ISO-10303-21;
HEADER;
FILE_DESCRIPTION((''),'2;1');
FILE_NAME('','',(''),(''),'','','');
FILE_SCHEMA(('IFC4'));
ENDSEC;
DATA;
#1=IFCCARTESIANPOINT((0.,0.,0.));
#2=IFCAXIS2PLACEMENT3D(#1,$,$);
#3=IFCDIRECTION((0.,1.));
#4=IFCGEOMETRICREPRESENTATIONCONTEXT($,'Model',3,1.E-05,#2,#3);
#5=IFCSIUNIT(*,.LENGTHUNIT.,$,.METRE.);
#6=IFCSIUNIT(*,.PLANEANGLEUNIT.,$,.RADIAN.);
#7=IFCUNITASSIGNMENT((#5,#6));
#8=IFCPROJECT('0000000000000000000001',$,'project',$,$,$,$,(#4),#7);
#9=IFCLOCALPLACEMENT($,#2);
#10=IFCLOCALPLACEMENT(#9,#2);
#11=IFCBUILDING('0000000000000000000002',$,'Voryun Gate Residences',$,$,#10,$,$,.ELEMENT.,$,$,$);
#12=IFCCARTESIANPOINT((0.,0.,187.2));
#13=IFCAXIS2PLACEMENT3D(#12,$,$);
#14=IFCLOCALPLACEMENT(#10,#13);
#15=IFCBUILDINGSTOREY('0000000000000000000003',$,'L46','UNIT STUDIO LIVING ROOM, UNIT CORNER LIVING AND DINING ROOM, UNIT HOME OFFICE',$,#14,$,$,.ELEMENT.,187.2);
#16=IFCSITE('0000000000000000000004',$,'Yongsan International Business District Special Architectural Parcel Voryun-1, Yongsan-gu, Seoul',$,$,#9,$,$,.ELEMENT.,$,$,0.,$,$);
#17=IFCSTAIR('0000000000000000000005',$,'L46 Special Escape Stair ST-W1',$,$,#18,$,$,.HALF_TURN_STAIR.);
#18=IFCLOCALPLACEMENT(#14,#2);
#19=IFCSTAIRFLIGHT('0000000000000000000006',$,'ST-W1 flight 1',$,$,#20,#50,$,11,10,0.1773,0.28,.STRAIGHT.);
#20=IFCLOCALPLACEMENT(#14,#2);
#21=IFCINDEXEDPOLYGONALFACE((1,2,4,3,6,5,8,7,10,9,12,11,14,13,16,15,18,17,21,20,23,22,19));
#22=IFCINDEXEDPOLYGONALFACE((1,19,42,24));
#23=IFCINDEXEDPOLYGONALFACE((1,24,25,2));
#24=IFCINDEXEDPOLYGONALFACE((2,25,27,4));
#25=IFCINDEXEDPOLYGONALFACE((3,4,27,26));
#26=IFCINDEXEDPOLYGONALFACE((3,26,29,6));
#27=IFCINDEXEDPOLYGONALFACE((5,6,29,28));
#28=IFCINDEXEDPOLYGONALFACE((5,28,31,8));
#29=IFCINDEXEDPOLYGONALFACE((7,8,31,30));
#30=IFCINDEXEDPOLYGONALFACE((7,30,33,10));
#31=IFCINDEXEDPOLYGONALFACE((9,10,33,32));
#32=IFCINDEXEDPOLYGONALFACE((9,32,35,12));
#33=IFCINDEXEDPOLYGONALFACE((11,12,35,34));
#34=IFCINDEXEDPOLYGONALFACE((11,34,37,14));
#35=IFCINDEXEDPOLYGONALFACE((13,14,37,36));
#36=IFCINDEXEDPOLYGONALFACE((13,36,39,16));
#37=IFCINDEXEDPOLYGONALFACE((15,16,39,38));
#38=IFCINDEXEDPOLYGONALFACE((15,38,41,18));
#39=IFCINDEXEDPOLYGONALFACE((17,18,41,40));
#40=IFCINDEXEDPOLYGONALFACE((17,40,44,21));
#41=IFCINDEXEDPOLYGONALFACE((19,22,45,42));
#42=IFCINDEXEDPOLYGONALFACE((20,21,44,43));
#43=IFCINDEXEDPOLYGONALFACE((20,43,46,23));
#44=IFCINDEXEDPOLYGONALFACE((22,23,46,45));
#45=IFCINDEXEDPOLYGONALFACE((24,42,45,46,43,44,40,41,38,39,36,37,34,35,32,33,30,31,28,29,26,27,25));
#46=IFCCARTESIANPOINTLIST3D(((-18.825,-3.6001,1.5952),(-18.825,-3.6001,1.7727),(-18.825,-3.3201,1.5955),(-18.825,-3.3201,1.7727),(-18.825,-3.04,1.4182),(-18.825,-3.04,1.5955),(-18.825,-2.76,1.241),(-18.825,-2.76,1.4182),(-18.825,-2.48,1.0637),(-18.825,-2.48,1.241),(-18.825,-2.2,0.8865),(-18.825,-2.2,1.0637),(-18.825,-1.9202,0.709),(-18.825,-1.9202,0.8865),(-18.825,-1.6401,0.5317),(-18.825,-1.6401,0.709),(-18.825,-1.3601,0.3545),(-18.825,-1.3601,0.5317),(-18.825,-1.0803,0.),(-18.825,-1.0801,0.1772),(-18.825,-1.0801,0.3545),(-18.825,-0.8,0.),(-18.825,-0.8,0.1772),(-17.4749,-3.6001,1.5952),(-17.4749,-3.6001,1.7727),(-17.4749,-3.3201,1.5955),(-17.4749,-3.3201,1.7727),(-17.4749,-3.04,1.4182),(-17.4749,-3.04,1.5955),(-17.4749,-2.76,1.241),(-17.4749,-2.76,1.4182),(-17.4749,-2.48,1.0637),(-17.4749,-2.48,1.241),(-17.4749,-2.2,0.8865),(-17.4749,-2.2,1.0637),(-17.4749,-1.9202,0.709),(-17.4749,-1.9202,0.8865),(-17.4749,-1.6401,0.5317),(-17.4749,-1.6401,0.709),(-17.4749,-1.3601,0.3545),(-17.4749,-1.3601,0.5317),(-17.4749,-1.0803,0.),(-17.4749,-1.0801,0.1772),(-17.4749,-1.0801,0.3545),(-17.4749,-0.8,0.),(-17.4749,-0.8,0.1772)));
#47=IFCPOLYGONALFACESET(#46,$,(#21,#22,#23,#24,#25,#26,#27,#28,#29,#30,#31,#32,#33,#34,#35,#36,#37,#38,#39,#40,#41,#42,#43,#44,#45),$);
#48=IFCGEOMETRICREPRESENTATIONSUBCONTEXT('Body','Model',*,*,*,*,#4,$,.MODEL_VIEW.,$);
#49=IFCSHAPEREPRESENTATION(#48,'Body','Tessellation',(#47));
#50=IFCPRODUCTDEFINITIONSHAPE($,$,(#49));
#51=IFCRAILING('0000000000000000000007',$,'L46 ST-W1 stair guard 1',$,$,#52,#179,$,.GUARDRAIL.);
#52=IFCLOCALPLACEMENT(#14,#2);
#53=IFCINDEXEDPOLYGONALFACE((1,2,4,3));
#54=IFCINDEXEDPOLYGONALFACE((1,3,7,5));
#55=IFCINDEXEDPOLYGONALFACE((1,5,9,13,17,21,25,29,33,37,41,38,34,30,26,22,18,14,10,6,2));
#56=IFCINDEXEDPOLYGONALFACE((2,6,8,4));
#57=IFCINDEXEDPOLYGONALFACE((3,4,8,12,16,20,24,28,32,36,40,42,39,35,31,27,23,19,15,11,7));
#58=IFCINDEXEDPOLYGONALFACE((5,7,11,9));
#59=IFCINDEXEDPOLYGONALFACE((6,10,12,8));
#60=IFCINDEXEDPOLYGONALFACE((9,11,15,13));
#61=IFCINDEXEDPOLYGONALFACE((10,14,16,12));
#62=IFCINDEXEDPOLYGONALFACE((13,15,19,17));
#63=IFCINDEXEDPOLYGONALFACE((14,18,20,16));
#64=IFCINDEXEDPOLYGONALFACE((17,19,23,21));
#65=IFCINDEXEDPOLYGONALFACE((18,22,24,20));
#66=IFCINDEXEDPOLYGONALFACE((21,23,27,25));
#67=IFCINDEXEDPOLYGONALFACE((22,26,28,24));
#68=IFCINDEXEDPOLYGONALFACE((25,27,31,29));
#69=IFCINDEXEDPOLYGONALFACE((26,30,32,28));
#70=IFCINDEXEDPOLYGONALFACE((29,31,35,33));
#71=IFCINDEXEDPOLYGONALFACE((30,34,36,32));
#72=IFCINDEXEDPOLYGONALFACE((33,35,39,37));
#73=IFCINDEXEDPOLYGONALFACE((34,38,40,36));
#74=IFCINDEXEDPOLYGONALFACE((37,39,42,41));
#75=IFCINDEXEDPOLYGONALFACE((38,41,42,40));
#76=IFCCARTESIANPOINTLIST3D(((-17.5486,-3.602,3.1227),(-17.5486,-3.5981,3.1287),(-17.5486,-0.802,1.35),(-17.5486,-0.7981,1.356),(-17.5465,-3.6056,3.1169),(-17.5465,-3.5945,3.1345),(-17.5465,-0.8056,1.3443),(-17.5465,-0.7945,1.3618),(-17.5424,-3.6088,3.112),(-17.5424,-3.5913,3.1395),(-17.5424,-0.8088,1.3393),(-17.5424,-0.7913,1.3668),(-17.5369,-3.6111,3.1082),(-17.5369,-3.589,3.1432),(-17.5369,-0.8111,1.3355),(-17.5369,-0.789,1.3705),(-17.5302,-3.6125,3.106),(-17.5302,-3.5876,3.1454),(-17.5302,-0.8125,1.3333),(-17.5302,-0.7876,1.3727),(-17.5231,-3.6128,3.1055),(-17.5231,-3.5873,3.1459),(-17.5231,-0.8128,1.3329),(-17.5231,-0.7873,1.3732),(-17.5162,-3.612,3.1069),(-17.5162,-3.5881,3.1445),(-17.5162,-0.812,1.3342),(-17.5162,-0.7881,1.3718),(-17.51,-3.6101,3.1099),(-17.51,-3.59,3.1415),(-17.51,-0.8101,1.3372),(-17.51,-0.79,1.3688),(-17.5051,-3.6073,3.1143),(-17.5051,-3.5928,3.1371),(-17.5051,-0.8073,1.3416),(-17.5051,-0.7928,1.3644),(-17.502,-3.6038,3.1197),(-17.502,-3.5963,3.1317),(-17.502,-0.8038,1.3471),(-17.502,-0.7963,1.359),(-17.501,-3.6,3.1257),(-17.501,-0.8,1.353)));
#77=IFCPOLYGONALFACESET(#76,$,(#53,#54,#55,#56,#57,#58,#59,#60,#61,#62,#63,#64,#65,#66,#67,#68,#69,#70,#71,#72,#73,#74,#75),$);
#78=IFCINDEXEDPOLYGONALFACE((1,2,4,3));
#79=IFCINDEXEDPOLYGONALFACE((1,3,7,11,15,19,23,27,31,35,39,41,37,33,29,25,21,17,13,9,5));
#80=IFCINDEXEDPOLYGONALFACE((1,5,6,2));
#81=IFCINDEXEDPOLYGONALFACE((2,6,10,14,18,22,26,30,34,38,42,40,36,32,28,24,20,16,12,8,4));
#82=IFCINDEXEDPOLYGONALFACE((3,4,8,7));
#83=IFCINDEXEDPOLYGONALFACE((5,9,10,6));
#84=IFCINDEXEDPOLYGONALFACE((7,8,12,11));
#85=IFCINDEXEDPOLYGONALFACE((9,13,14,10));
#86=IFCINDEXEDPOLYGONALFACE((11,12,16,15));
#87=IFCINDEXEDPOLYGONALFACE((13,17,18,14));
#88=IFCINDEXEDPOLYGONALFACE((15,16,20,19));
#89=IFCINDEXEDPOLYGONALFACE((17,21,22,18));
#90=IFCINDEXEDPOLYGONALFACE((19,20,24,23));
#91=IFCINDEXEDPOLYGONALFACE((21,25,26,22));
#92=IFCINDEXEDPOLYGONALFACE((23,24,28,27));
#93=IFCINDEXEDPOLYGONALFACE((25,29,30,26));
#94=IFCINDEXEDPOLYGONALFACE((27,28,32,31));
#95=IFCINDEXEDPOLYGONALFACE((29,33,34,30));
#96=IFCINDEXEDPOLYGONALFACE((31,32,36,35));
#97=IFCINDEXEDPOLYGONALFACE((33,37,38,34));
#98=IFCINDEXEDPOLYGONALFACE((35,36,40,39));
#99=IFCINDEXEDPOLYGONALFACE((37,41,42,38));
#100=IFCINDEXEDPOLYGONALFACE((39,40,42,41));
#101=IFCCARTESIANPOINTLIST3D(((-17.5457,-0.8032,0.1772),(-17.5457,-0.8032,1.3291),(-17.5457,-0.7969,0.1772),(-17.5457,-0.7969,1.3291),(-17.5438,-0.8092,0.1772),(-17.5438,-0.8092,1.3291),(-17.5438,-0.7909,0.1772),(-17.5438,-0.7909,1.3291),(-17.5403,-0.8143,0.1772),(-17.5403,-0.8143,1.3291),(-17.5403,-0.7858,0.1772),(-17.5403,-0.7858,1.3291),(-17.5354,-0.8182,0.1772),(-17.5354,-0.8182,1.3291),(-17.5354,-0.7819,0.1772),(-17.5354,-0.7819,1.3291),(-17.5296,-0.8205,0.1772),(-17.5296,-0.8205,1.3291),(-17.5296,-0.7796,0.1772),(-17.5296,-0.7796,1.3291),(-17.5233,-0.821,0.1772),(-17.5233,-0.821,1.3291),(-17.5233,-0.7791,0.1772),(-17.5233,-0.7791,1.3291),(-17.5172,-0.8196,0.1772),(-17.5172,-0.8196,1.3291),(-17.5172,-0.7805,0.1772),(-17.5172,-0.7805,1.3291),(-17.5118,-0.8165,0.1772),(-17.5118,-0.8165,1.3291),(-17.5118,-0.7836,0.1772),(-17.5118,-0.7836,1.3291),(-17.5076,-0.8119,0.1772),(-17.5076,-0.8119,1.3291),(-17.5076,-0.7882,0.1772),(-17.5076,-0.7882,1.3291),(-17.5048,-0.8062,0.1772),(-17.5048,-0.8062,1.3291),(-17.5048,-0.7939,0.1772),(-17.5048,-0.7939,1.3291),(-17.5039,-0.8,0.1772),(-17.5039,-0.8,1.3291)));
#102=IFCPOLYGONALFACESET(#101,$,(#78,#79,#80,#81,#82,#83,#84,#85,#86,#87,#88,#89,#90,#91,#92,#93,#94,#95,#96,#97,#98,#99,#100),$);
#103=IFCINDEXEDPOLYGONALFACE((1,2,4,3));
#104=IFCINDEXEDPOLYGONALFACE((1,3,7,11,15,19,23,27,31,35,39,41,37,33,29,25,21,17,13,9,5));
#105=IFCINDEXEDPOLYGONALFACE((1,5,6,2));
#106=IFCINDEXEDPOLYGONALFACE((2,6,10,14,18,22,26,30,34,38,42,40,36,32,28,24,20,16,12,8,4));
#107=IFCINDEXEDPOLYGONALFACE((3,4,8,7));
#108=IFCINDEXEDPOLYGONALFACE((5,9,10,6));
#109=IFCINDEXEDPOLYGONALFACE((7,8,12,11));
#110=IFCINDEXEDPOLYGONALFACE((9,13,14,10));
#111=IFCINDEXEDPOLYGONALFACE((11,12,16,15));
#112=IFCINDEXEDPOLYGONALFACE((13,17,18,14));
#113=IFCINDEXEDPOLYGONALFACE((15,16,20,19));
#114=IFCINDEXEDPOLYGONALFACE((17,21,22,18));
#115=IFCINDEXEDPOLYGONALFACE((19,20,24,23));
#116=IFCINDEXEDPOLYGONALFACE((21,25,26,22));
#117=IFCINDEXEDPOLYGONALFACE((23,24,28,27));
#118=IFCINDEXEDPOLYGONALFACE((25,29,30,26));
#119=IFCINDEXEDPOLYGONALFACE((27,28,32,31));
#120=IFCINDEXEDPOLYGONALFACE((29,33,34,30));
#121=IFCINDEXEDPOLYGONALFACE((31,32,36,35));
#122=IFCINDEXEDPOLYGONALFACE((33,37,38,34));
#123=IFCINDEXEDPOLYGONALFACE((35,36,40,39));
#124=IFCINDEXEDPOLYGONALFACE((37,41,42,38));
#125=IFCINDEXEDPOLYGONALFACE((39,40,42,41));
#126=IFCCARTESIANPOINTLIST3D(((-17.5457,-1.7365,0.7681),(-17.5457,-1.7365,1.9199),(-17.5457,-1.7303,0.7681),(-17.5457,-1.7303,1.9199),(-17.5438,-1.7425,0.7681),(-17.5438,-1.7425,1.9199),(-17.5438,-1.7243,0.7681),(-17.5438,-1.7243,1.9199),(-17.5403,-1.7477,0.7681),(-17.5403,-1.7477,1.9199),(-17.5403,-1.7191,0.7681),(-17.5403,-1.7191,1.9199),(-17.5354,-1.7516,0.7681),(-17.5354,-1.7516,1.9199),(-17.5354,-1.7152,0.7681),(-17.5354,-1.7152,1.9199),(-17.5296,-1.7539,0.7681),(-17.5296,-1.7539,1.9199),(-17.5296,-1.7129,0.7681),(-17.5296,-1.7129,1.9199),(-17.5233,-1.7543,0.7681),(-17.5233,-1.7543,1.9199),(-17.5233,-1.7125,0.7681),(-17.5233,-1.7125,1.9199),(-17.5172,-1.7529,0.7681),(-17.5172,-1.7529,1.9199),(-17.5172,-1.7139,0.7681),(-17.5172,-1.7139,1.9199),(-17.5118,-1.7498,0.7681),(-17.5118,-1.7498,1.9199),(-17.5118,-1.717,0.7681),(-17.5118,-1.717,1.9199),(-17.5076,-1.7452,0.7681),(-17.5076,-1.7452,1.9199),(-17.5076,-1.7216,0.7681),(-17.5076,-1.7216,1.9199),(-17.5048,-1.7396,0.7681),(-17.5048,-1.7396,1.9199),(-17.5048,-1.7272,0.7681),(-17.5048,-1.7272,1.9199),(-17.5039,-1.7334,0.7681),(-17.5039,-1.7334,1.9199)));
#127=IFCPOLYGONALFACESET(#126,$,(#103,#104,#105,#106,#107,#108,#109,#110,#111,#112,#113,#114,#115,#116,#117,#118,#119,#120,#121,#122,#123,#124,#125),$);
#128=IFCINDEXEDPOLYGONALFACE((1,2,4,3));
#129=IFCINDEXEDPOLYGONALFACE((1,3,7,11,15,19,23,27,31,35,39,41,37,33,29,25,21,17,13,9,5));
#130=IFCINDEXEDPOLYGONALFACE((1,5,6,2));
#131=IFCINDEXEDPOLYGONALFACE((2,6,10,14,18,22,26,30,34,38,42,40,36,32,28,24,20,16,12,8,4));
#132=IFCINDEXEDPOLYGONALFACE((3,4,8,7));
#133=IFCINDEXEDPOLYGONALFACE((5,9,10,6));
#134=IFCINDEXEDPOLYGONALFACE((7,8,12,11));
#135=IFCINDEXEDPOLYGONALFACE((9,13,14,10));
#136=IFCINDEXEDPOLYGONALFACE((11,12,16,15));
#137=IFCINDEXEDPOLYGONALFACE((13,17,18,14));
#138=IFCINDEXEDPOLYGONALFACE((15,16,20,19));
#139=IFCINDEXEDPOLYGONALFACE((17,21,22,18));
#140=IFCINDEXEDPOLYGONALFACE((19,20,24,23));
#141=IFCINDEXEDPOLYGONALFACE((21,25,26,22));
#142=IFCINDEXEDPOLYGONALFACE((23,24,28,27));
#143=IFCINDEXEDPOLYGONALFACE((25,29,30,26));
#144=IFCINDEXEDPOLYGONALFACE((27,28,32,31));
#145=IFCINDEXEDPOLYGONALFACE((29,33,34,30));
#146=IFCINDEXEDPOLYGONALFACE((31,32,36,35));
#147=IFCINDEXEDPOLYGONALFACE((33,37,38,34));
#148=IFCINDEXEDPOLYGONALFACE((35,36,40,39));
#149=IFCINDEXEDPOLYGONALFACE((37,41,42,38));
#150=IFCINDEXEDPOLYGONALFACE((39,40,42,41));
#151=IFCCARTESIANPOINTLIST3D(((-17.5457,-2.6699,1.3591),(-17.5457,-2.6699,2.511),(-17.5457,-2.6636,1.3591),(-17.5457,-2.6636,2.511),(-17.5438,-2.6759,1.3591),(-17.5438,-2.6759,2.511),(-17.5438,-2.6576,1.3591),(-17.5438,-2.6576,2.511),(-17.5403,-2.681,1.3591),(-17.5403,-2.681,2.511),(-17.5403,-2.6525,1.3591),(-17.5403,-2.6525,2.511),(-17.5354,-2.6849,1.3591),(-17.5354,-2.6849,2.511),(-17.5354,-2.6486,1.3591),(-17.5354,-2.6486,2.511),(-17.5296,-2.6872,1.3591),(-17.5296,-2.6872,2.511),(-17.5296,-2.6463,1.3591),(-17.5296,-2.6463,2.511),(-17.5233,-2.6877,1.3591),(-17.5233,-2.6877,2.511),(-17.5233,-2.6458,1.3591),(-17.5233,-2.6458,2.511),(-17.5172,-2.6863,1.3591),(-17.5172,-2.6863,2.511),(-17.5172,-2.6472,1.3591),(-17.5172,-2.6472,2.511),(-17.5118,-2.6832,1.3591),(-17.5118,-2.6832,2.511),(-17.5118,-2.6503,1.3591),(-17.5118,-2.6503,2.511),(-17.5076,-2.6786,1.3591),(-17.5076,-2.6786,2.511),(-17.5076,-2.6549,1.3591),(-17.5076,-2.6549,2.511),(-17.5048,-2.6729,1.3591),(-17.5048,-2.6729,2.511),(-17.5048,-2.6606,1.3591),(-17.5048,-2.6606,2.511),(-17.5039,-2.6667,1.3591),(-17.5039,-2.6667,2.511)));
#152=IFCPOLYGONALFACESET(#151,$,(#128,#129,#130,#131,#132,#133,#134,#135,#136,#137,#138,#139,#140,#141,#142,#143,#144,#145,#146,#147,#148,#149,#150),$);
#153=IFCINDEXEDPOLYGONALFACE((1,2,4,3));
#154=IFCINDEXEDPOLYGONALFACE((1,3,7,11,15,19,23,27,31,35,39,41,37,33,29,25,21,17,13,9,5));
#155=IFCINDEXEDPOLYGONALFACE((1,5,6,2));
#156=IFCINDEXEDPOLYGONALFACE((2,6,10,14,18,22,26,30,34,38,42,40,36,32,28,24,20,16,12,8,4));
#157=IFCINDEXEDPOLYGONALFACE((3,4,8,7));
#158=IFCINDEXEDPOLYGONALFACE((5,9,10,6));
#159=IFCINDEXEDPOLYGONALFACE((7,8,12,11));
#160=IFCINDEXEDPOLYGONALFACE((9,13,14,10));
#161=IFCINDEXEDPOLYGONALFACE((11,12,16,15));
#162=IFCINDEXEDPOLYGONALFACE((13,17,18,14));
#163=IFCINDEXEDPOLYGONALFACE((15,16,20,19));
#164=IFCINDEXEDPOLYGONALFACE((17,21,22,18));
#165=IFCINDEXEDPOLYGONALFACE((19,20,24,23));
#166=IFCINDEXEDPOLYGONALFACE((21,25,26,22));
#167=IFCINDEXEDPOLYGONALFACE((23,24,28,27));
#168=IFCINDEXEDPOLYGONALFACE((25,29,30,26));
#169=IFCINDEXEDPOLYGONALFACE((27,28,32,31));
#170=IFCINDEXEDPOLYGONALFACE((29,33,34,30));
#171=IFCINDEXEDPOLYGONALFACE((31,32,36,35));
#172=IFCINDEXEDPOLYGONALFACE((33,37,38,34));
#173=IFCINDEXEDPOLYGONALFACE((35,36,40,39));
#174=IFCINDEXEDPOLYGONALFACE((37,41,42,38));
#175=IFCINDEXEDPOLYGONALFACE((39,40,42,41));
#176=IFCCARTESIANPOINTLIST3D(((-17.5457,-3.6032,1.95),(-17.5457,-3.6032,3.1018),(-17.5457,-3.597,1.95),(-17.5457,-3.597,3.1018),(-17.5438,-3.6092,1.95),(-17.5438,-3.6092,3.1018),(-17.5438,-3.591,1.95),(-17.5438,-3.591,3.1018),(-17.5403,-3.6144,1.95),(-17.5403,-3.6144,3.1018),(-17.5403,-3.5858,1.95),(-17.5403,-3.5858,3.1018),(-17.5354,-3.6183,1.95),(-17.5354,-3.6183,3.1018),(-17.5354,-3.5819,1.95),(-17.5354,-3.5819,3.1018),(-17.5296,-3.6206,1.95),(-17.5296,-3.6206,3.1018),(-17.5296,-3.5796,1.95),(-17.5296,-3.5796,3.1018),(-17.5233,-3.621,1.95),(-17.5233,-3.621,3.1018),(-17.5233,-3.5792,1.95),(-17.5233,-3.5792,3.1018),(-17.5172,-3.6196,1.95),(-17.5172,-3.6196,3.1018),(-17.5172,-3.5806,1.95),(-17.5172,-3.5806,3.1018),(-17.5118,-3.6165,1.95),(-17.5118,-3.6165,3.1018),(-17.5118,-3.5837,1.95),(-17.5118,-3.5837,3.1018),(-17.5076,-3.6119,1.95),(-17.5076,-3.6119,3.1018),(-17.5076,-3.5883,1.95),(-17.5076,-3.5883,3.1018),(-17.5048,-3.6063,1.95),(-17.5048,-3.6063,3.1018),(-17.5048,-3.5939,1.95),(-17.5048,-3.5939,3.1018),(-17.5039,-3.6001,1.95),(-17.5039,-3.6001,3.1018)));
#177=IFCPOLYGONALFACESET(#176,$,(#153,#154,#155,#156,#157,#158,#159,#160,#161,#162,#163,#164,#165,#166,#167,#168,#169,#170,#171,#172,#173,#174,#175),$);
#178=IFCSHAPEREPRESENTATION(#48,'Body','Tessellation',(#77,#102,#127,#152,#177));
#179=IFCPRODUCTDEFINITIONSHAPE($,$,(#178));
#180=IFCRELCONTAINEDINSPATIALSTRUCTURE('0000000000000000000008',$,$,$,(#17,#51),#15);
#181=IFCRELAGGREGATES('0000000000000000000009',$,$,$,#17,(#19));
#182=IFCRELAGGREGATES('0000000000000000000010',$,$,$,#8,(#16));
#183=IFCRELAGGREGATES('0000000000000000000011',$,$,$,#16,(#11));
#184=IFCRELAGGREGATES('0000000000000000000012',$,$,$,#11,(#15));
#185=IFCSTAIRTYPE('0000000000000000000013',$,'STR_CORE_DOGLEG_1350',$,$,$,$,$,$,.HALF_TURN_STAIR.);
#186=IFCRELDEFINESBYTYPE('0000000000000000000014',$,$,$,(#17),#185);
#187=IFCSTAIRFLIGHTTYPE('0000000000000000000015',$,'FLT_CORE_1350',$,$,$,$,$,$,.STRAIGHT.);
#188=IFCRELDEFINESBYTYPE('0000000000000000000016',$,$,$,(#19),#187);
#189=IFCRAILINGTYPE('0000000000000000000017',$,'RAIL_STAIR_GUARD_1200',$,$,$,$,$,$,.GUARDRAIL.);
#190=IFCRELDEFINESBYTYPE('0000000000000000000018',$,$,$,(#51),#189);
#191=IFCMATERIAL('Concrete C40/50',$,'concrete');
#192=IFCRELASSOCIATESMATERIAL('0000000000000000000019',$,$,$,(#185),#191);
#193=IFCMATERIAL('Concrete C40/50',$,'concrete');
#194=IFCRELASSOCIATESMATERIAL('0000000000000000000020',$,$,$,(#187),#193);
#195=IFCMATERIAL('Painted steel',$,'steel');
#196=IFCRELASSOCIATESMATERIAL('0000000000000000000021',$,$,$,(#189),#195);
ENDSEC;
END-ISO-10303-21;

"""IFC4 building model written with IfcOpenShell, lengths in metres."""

from ifc_helpers import new_model, si_unit, direction, frame, origin, origin_2d, place, context, subcontext, project, spatial, polyline, circle, outline, extrude, material, type_object, element, aggregate, save


model = new_model("IFC4")

# Units and contexts
model_context = context("Model", 3, precision=1e-05, world=origin(), true_north=direction((0.0, 1.0)))
body_context = subcontext(model_context, "Body", "Model", "MODEL_VIEW")
ifc_project = project(units=[si_unit("LENGTHUNIT", "METRE"), si_unit("PLANEANGLEUNIT", "RADIAN")], contexts=[model_context])

# Site, building, storey
site_placement = place(None, origin())
site = spatial("IfcSite", under=ifc_project, at=site_placement, Name="Yongsan International Business District Special Architectural Parcel Voryun-1, Yongsan-gu, Seoul", CompositionType="ELEMENT", RefElevation=0.0)
building_placement = place(site_placement, origin())
building = spatial("IfcBuilding", under=site, at=building_placement, Name="Voryun Gate Residences", CompositionType="ELEMENT")
storey_placement = place(building_placement, frame((0.0, 0.0, 187.2)))
storey = spatial("IfcBuildingStorey", under=building, at=storey_placement, Name="L46", Description="UNIT STUDIO LIVING ROOM, UNIT CORNER LIVING AND DINING ROOM, UNIT HOME OFFICE", CompositionType="ELEMENT", Elevation=187.2)

# Stair, stair flight
ifc_material_1 = material(Name="Concrete C40/50", Category="concrete")
stair_type = type_object("IfcStairType", Name="STR_CORE_DOGLEG_1350", PredefinedType="HALF_TURN_STAIR", material=ifc_material_1)
stair_placement = place(storey_placement, origin())
stair = element("IfcStair", 1, at=stair_placement, inside=storey, type_object=stair_type, Name="L46 Special Escape Stair ST-W1", PredefinedType="HALF_TURN_STAIR")
ifc_material_2 = material(Name="Concrete C40/50", Category="concrete")
stair_flight_type = type_object("IfcStairFlightType", Name="FLT_CORE_1350", PredefinedType="STRAIGHT", material=ifc_material_2)
stair_flight_placement = place(storey_placement, frame((-18.1499, -0.8, 0.0), z_axis=(0.0, 0.0, 1.0), x_axis=(0.0, -1.0, 0.0)))
stair_flight = element("IfcStairFlight", 2, at=stair_flight_placement, type_object=stair_flight_type, Name="ST-W1 flight 1", NumberOfRisers=11, NumberOfTreads=10, PredefinedType="STRAIGHT", RiserHeight=0.1773, TreadLength=0.28, context=body_context, shape_type="SweptSolid", body=[
    extrude(outline(polyline([(0.0, 0.0), (0.0, 0.1772), (0.28, 0.1772), (0.28, 0.3545), (0.5601, 0.3545), (0.5601, 0.5317), (0.8401, 0.5317), (0.8401, 0.709), (1.1201, 0.709), (1.1201, 0.8865), (1.3999, 0.8865), (1.3999, 1.0637), (1.6799, 1.0637), (1.6799, 1.241), (1.96, 1.241), (1.96, 1.4182), (2.24, 1.4182), (2.24, 1.5955), (2.52, 1.5955), (2.52, 1.7727), (2.8, 1.7727), (2.8, 1.95), (2.8, 1.5952), (0.2803, 0.0), (0.0, 0.0)])), frame((0.0, 0.675, 0.0), z_axis=(0.0, -1.0, 0.0), x_axis=(1.0, 0.0, 0.0)), (0.0, 0.0, 1.0), 1.3501),
])
aggregate(stair, [stair_flight])

# Railing
ifc_material_3 = material(Name="Painted steel", Category="steel")
railing_type_1 = type_object("IfcRailingType", Name="RAIL_STAIR_GUARD_1200", PredefinedType="GUARDRAIL", material=ifc_material_3)
railing_1_placement = place(storey_placement, frame((-17.5249, -0.8, 0.1772)))
element("IfcRailing", 3, at=railing_1_placement, inside=storey, type_object=railing_type_1, Name="L46 ST-W1 stair guard 1", PredefinedType="GUARDRAIL", context=body_context, shape_type="SweptSolid", body=[
    extrude(circle(Radius=0.0239, at=origin_2d()), frame((0.0, 0.0, 1.1758), z_axis=(0.0, -0.844909, 0.53491), x_axis=(1.0, 0.0, 0.0)), (0.0, 0.0, 1.0), 3.314),
    extrude(circle(Radius=0.021, at=origin_2d()), origin(), (0.0, 0.0, 1.0), 1.1519),
    extrude(circle(Radius=0.021, at=origin_2d()), frame((0.0, -0.9333, 0.5908)), (0.0, 0.0, 1.0), 1.1519),
    extrude(circle(Radius=0.021, at=origin_2d()), frame((0.0, -1.8667, 1.1819)), (0.0, 0.0, 1.0), 1.1519),
    extrude(circle(Radius=0.021, at=origin_2d()), frame((0.0, -2.8, 1.7727)), (0.0, 0.0, 1.0), 1.1519),
])

save(model, "model.ifc")
